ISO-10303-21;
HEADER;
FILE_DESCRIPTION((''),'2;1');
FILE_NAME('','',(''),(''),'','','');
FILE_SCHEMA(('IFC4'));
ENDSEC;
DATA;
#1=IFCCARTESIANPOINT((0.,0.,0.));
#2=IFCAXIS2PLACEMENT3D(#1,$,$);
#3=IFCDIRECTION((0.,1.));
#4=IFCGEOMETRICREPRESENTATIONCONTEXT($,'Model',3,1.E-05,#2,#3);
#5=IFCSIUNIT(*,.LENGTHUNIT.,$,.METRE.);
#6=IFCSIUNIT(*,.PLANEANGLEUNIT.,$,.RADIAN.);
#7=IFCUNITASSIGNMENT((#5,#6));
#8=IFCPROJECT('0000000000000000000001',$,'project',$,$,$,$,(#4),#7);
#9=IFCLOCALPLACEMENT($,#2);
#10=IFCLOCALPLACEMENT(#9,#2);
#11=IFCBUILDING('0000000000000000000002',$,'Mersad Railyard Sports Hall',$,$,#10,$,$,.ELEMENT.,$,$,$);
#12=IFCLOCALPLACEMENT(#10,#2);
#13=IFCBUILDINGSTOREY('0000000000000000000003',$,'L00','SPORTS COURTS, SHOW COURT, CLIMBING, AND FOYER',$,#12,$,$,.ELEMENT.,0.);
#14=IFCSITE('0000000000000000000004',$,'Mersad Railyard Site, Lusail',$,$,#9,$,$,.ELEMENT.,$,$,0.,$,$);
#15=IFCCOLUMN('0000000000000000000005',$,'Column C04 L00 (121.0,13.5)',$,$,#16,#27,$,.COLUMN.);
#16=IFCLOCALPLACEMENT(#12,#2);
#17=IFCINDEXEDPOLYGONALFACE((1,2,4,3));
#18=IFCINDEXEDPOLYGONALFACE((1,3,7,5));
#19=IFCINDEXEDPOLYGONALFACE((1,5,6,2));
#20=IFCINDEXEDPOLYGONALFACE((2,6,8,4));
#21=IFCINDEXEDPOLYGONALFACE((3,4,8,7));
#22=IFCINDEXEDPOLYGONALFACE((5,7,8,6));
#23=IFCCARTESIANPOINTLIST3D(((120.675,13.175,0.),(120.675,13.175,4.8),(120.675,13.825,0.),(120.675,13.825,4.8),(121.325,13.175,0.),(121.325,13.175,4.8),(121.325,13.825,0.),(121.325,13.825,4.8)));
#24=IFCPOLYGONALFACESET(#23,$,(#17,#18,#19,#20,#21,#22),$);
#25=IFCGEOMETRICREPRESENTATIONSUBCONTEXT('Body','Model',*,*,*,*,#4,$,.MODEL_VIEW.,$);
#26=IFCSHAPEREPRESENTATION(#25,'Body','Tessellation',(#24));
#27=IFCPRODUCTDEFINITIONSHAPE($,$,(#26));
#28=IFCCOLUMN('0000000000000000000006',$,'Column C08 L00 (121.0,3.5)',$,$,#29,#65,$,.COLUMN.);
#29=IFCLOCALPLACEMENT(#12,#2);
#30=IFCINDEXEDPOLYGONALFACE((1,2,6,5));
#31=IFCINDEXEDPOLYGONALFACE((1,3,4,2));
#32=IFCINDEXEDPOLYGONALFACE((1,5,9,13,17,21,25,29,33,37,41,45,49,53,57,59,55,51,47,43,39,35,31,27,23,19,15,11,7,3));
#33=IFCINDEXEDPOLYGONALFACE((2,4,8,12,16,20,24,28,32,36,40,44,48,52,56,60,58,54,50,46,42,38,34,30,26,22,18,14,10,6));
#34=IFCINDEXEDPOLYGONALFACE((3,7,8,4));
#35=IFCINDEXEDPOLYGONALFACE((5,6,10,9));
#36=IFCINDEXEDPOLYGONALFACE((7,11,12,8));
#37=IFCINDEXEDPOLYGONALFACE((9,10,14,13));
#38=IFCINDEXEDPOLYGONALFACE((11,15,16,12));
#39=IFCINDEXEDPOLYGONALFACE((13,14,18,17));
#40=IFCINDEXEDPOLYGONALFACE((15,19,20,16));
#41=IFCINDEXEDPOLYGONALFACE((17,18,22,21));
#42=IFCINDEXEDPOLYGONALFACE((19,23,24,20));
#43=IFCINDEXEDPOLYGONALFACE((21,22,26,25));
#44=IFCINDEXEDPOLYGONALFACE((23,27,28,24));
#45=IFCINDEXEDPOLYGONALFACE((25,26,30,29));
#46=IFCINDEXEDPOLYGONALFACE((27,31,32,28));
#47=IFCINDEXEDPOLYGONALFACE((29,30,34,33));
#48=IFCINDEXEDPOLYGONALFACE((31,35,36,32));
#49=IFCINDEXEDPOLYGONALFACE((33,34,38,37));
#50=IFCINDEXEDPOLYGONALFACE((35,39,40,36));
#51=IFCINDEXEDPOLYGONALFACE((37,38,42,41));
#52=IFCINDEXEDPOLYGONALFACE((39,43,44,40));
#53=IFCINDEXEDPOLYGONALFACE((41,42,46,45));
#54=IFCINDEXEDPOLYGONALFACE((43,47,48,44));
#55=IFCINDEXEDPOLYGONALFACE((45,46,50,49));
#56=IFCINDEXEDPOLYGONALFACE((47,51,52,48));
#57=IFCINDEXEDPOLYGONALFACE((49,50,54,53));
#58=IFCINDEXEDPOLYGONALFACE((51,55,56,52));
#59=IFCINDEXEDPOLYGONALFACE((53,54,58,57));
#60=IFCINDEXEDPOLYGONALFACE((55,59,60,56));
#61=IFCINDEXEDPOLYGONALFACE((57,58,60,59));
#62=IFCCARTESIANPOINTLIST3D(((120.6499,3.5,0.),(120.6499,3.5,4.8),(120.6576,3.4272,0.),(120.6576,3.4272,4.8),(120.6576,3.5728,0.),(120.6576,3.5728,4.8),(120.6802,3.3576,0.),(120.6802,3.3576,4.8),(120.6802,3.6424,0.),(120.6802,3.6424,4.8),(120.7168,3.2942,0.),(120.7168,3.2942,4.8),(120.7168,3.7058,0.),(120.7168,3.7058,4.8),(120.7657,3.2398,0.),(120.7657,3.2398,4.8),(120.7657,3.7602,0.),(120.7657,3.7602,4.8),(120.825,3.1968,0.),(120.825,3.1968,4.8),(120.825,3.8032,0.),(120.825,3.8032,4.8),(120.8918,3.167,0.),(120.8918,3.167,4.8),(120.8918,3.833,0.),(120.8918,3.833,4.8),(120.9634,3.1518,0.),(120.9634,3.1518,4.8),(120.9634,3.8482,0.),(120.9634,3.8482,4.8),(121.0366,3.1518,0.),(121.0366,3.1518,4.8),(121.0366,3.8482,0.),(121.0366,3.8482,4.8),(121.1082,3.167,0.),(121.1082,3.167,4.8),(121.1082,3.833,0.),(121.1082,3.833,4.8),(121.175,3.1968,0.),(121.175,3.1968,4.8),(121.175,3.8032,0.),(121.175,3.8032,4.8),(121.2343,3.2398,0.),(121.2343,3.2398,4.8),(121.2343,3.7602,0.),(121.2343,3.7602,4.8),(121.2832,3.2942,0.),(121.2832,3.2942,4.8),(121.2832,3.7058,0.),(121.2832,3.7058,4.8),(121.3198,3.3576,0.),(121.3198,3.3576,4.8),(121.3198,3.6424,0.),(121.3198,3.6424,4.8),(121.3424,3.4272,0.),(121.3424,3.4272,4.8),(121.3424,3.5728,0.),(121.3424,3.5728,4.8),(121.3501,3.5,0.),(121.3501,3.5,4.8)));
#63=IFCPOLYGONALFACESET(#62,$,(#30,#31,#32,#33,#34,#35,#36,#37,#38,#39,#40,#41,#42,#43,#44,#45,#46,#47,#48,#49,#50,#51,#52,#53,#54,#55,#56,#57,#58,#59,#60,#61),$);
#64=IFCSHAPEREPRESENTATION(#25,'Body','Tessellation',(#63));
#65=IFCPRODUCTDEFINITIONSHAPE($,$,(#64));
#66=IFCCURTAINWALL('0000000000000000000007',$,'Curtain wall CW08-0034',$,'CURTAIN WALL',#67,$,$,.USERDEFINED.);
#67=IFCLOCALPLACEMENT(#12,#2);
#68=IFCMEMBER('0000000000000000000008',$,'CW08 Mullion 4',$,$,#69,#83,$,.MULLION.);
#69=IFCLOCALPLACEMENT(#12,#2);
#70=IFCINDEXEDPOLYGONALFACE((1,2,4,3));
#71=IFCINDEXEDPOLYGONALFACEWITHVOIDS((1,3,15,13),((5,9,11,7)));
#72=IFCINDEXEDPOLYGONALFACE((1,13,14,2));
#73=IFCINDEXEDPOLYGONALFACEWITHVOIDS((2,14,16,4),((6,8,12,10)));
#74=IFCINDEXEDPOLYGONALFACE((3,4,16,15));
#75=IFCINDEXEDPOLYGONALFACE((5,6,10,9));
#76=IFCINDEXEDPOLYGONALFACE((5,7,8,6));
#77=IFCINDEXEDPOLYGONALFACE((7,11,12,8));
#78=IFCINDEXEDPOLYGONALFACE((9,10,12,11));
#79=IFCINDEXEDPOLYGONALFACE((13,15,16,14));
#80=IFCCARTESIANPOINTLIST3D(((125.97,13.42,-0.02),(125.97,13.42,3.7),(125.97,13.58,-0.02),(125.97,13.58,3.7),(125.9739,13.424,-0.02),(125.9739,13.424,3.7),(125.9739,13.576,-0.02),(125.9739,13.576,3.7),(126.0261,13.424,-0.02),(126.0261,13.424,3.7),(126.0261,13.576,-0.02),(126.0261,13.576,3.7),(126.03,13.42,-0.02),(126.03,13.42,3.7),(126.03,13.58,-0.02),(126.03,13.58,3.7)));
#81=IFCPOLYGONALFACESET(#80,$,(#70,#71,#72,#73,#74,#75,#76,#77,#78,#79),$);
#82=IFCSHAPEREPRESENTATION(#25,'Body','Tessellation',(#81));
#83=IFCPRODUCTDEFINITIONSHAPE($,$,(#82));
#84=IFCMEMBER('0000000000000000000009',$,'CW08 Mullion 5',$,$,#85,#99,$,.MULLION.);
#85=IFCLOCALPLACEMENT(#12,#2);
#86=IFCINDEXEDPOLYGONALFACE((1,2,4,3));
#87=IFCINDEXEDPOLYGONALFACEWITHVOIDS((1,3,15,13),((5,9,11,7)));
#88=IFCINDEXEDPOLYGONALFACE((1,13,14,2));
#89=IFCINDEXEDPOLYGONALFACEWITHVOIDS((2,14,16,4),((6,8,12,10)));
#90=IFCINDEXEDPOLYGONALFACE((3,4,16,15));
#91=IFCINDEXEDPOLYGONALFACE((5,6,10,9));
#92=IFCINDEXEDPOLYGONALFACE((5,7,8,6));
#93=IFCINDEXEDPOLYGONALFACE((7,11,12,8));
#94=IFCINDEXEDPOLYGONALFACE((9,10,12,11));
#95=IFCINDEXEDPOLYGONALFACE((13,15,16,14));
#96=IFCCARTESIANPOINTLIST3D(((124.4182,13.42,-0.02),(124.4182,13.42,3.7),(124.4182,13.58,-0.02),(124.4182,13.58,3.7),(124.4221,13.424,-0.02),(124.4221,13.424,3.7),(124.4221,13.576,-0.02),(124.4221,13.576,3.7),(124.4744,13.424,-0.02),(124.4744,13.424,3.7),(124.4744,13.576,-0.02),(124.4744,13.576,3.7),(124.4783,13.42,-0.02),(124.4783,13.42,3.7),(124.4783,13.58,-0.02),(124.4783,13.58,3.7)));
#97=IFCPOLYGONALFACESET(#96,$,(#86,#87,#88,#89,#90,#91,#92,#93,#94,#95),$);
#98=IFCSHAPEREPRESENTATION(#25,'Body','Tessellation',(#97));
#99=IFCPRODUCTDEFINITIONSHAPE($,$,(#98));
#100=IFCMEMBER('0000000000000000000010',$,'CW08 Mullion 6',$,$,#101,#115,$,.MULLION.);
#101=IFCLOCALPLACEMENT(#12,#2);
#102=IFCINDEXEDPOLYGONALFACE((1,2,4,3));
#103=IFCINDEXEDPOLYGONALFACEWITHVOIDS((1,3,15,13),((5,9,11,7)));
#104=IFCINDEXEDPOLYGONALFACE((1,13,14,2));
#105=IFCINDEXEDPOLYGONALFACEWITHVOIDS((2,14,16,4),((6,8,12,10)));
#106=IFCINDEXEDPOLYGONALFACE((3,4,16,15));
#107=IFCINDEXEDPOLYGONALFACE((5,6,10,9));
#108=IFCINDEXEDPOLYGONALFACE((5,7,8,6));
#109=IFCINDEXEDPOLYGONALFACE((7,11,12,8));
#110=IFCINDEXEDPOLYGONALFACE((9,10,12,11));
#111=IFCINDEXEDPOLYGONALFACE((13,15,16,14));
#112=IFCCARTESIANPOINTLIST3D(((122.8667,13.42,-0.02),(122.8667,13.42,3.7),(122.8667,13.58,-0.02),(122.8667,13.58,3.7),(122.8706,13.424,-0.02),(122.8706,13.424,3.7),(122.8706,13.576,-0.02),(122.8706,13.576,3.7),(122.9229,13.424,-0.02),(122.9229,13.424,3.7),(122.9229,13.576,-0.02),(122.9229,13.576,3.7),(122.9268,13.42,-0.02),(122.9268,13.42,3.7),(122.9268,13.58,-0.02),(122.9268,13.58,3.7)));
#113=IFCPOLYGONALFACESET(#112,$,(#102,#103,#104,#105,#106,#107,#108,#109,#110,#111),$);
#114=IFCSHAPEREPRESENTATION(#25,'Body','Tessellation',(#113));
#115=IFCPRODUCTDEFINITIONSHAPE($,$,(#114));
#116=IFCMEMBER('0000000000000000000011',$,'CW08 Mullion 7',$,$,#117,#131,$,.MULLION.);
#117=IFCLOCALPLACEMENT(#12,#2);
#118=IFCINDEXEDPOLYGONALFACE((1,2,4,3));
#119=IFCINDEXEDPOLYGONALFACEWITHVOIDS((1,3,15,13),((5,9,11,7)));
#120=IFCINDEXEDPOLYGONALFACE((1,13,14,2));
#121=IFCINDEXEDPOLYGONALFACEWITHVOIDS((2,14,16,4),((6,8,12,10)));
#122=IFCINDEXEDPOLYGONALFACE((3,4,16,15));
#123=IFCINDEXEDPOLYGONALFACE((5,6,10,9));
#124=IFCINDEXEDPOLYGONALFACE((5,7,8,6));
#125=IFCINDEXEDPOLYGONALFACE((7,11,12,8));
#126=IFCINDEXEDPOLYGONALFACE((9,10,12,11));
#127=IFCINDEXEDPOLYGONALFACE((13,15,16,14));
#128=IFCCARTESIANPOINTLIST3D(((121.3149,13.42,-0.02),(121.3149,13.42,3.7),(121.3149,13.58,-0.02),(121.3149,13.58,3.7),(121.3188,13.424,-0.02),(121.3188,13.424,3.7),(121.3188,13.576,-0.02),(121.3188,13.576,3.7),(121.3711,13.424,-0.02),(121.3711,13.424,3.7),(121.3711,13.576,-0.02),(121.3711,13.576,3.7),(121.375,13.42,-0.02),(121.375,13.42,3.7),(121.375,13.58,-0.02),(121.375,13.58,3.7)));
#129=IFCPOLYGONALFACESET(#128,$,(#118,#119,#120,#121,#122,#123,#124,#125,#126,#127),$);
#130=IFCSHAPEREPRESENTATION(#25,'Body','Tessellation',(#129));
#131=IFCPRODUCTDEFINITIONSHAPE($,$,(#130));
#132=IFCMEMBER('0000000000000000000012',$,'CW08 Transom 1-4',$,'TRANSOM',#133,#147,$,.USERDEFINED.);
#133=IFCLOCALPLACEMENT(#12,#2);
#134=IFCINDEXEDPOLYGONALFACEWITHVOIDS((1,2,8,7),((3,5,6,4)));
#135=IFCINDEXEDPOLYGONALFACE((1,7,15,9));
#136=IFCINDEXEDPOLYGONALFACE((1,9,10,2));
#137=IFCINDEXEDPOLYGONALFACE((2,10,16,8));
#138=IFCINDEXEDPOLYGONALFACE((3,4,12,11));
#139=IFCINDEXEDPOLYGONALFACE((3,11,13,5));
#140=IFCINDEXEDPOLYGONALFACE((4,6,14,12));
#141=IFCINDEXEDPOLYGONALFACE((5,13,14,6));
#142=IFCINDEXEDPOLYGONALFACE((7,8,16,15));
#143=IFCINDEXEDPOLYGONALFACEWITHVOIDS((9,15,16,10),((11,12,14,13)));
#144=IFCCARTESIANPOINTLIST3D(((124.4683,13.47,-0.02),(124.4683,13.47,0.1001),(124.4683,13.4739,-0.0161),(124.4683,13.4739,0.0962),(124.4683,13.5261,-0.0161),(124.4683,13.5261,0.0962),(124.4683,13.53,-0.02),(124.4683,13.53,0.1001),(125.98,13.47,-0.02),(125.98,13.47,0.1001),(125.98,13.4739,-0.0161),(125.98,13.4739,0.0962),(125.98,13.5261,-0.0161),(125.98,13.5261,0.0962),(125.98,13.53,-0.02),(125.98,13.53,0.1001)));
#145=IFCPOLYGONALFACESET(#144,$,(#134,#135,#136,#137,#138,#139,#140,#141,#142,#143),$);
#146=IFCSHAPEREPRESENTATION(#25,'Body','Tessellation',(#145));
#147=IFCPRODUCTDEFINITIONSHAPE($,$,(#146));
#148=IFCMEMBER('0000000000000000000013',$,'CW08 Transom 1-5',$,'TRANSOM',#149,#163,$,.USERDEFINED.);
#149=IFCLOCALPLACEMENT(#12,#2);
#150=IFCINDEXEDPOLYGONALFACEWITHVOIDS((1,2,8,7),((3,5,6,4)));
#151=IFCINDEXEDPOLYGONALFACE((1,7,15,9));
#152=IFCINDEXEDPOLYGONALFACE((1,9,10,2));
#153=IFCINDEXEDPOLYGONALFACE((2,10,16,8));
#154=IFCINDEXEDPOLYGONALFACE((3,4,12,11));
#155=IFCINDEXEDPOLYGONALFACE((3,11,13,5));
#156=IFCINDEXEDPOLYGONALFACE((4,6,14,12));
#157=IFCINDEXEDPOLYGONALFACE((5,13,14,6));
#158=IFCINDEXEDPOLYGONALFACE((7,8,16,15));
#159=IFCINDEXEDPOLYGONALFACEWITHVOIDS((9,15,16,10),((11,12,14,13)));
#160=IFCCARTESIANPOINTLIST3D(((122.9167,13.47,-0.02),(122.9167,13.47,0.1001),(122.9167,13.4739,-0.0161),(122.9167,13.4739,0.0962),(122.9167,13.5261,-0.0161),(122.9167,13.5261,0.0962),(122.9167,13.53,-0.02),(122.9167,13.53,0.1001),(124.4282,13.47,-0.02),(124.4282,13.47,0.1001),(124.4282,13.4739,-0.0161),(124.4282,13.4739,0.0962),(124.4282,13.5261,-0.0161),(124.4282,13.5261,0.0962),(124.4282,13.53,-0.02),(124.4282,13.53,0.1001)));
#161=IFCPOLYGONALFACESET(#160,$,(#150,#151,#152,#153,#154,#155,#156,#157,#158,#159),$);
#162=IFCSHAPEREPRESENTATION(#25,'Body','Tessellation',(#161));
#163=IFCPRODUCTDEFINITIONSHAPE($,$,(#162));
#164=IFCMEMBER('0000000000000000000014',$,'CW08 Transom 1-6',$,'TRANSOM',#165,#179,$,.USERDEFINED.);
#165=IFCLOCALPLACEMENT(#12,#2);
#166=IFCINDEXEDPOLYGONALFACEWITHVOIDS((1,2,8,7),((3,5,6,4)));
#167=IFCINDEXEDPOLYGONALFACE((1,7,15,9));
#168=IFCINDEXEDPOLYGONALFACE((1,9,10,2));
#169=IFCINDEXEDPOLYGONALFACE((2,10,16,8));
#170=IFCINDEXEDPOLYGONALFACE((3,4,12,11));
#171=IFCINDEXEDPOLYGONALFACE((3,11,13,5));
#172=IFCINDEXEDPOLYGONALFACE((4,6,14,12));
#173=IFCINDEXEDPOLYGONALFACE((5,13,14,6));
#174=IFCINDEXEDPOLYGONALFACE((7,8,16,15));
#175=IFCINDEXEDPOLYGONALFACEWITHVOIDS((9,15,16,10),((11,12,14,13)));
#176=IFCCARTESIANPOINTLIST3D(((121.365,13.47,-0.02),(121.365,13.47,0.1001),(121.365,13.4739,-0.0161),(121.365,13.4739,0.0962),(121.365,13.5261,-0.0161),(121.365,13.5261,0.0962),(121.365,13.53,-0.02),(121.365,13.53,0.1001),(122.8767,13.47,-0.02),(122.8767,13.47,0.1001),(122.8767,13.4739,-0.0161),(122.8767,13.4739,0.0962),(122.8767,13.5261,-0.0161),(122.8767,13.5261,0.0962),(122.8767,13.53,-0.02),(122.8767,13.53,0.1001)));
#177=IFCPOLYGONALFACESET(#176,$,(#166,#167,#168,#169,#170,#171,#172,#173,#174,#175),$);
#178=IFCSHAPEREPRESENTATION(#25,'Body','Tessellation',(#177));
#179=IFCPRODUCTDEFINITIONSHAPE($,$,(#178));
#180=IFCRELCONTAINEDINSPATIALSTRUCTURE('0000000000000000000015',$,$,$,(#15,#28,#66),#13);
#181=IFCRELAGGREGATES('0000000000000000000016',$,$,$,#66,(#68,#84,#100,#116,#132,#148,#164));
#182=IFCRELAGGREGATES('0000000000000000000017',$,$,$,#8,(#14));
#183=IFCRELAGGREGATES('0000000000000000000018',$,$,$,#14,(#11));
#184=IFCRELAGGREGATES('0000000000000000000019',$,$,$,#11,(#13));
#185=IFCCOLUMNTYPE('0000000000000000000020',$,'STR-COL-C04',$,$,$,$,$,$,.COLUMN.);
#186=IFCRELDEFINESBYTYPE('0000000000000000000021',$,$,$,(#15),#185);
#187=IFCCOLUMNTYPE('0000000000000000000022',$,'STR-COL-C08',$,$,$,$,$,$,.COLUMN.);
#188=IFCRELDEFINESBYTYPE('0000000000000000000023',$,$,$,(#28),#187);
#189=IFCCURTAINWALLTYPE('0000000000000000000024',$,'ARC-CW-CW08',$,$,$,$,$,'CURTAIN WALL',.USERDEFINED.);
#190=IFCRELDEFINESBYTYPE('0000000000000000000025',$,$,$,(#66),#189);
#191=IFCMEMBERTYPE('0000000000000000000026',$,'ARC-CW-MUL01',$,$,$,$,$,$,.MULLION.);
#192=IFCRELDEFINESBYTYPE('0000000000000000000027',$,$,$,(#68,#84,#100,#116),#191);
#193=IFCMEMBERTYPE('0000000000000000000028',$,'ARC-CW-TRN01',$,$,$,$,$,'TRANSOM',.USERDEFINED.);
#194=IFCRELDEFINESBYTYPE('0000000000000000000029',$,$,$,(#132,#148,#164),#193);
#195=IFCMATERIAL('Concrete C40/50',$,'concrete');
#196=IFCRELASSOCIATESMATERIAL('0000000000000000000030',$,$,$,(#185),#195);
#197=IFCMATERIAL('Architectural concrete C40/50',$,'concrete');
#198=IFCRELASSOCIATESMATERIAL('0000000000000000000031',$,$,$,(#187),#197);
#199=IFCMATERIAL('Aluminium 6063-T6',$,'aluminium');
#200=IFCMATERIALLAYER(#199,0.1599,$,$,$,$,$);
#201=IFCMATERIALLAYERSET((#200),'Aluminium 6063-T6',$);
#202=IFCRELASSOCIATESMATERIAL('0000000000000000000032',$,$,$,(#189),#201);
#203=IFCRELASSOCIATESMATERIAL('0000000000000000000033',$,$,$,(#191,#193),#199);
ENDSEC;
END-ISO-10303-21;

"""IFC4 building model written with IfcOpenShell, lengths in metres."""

from ifc_helpers import new_model, si_unit, direction, frame, origin, origin_2d, place, context, subcontext, project, spatial, rectangle, hollow_rectangle, circle, extrude, material, layer, layer_set, material_profile, profile_set, type_object, element, aggregate, save


model = new_model("IFC4")

# Units and contexts
model_context = context("Model", 3, precision=1e-05, world=origin(), true_north=direction((0.0, 1.0)))
body_context = subcontext(model_context, "Body", "Model", "MODEL_VIEW")
ifc_project = project(units=[si_unit("LENGTHUNIT", "METRE"), si_unit("PLANEANGLEUNIT", "RADIAN")], contexts=[model_context])

# Site, building, storey
site_placement = place(None, origin())
site = spatial("IfcSite", under=ifc_project, at=site_placement, Name="Mersad Railyard Site, Lusail", CompositionType="ELEMENT", RefElevation=0.0)
building_placement = place(site_placement, origin())
building = spatial("IfcBuilding", under=site, at=building_placement, Name="Mersad Railyard Sports Hall", CompositionType="ELEMENT")
storey_placement = place(building_placement, origin())
storey = spatial("IfcBuildingStorey", under=building, at=storey_placement, Name="L00", Description="SPORTS COURTS, SHOW COURT, CLIMBING, AND FOYER", CompositionType="ELEMENT", Elevation=0.0)

# Columns
ifc_material_1 = material(Name="Concrete C40/50", Category="concrete")
ifc_material_profile_1 = material_profile(ifc_material_1, rectangle(XDim=0.6499, YDim=0.6499, at=origin_2d()), Name="RC 650x650")
ifc_profile_set_1 = profile_set([ifc_material_profile_1], Name="Concrete C40/50")
column_type_1 = type_object("IfcColumnType", Name="STR-COL-C04", PredefinedType="COLUMN", material=ifc_profile_set_1)
column_1_placement = place(storey_placement, frame((121.0, 13.5, 0.0), z_axis=(0.0, 0.0, 1.0), x_axis=(1.0, 0.0, 0.0)))
element("IfcColumn", 1, at=column_1_placement, inside=storey, type_object=column_type_1, Name="Column C04 L00 (121.0,13.5)", PredefinedType="COLUMN", context=body_context, shape_type="SweptSolid", body=[
    extrude(rectangle(XDim=0.6499, YDim=0.6499, at=origin_2d()), origin(), (0.0, 0.0, 1.0), 4.8),
])
ifc_material_2 = material(Name="Architectural concrete C40/50", Category="concrete")
ifc_material_profile_2 = material_profile(ifc_material_2, circle(Radius=0.3501, at=origin_2d()), Name="RC D700")
ifc_profile_set_2 = profile_set([ifc_material_profile_2], Name="Architectural concrete C40/50")
column_type_2 = type_object("IfcColumnType", Name="STR-COL-C08", PredefinedType="COLUMN", material=ifc_profile_set_2)
column_2_placement = place(storey_placement, frame((121.0, 3.5, 0.0), z_axis=(0.0, 0.0, 1.0), x_axis=(1.0, 0.0, 0.0)))
element("IfcColumn", 2, at=column_2_placement, inside=storey, type_object=column_type_2, Name="Column C08 L00 (121.0,3.5)", PredefinedType="COLUMN", context=body_context, shape_type="SweptSolid", body=[
    extrude(circle(Radius=0.3501, at=origin_2d()), origin(), (0.0, 0.0, 1.0), 4.8),
])

# Curtain wall, members
ifc_material_3 = material(Name="Aluminium 6063-T6", Category="aluminium")
ifc_layer_1 = layer(ifc_material_3, 0.1599)
ifc_layer_set_1 = layer_set([ifc_layer_1], Name="Aluminium 6063-T6")
curtain_wall_type = type_object("IfcCurtainWallType", Name="ARC-CW-CW08", ElementType="CURTAIN WALL", PredefinedType="USERDEFINED", material=ifc_layer_set_1)
curtain_wall_placement = place(storey_placement, origin())
curtain_wall = element("IfcCurtainWall", 3, at=curtain_wall_placement, inside=storey, type_object=curtain_wall_type, Name="Curtain wall CW08-0034", ObjectType="CURTAIN WALL", PredefinedType="USERDEFINED")
ifc_material_profile_3 = material_profile(ifc_material_3, hollow_rectangle(XDim=0.0601, YDim=0.1599, WallThickness=0.0039, at=origin_2d()), Name="AL MULLION 60x160x4")
ifc_profile_set_3 = profile_set([ifc_material_profile_3], Name="Aluminium 6063-T6")
member_type_1 = type_object("IfcMemberType", Name="ARC-CW-MUL01", PredefinedType="MULLION", material=ifc_profile_set_3)
member_1_placement = place(storey_placement, frame((126.0, 13.5, -0.02), z_axis=(0.0, 0.0, 1.0), x_axis=(1.0, 0.0, 0.0)))
member_1 = element("IfcMember", 4, at=member_1_placement, type_object=member_type_1, Name="CW08 Mullion 4", PredefinedType="MULLION", context=body_context, shape_type="SweptSolid", body=[
    extrude(hollow_rectangle(XDim=0.0601, YDim=0.1599, WallThickness=0.0039, at=origin_2d()), origin(), (0.0, 0.0, 1.0), 3.72),
])
member_2_placement = place(storey_placement, frame((124.4482, 13.5, -0.02), z_axis=(0.0, 0.0, 1.0), x_axis=(1.0, 0.0, 0.0)))
member_2 = element("IfcMember", 5, at=member_2_placement, type_object=member_type_1, Name="CW08 Mullion 5", PredefinedType="MULLION", context=body_context, shape_type="SweptSolid", body=[
    extrude(hollow_rectangle(XDim=0.0601, YDim=0.1599, WallThickness=0.0039, at=origin_2d()), origin(), (0.0, 0.0, 1.0), 3.72),
])
member_3_placement = place(storey_placement, frame((122.8967, 13.5, -0.02), z_axis=(0.0, 0.0, 1.0), x_axis=(1.0, 0.0, 0.0)))
member_3 = element("IfcMember", 6, at=member_3_placement, type_object=member_type_1, Name="CW08 Mullion 6", PredefinedType="MULLION", context=body_context, shape_type="SweptSolid", body=[
    extrude(hollow_rectangle(XDim=0.0601, YDim=0.1599, WallThickness=0.0039, at=origin_2d()), origin(), (0.0, 0.0, 1.0), 3.72),
])
member_4_placement = place(storey_placement, frame((121.345, 13.5, -0.02), z_axis=(0.0, 0.0, 1.0), x_axis=(1.0, 0.0, 0.0)))
member_4 = element("IfcMember", 7, at=member_4_placement, type_object=member_type_1, Name="CW08 Mullion 7", PredefinedType="MULLION", context=body_context, shape_type="SweptSolid", body=[
    extrude(hollow_rectangle(XDim=0.0601, YDim=0.1599, WallThickness=0.0039, at=origin_2d()), origin(), (0.0, 0.0, 1.0), 3.72),
])
ifc_material_profile_4 = material_profile(ifc_material_3, hollow_rectangle(XDim=0.0601, YDim=0.1201, WallThickness=0.0039, at=origin_2d()), Name="AL TRANSOM 60x120x4")
ifc_profile_set_4 = profile_set([ifc_material_profile_4], Name="Aluminium 6063-T6")
member_type_2 = type_object("IfcMemberType", Name="ARC-CW-TRN01", ElementType="TRANSOM", PredefinedType="USERDEFINED", material=ifc_profile_set_4)
member_5_placement = place(storey_placement, frame((125.98, 13.5, 0.04), z_axis=(-1.0, 0.0, 0.0), x_axis=(0.0, -1.0, 0.0)))
member_5 = element("IfcMember", 8, at=member_5_placement, type_object=member_type_2, Name="CW08 Transom 1-4", ObjectType="TRANSOM", PredefinedType="USERDEFINED", context=body_context, shape_type="SweptSolid", body=[
    extrude(hollow_rectangle(XDim=0.0601, YDim=0.1201, WallThickness=0.0039, at=origin_2d()), origin(), (0.0, 0.0, 1.0), 1.5117),
])
member_6_placement = place(storey_placement, frame((124.4282, 13.5, 0.04), z_axis=(-1.0, 0.0, 0.0), x_axis=(0.0, -1.0, 0.0)))
member_6 = element("IfcMember", 9, at=member_6_placement, type_object=member_type_2, Name="CW08 Transom 1-5", ObjectType="TRANSOM", PredefinedType="USERDEFINED", context=body_context, shape_type="SweptSolid", body=[
    extrude(hollow_rectangle(XDim=0.0601, YDim=0.1201, WallThickness=0.0039, at=origin_2d()), origin(), (0.0, 0.0, 1.0), 1.5115),
])
member_7_placement = place(storey_placement, frame((122.8767, 13.5, 0.04), z_axis=(-1.0, 0.0, 0.0), x_axis=(0.0, -1.0, 0.0)))
member_7 = element("IfcMember", 10, at=member_7_placement, type_object=member_type_2, Name="CW08 Transom 1-6", ObjectType="TRANSOM", PredefinedType="USERDEFINED", context=body_context, shape_type="SweptSolid", body=[
    extrude(hollow_rectangle(XDim=0.0601, YDim=0.1201, WallThickness=0.0039, at=origin_2d()), origin(), (0.0, 0.0, 1.0), 1.5117),
])

aggregate(curtain_wall, [member_1, member_2, member_3, member_4, member_5, member_6, member_7])

save(model, "model.ifc")
